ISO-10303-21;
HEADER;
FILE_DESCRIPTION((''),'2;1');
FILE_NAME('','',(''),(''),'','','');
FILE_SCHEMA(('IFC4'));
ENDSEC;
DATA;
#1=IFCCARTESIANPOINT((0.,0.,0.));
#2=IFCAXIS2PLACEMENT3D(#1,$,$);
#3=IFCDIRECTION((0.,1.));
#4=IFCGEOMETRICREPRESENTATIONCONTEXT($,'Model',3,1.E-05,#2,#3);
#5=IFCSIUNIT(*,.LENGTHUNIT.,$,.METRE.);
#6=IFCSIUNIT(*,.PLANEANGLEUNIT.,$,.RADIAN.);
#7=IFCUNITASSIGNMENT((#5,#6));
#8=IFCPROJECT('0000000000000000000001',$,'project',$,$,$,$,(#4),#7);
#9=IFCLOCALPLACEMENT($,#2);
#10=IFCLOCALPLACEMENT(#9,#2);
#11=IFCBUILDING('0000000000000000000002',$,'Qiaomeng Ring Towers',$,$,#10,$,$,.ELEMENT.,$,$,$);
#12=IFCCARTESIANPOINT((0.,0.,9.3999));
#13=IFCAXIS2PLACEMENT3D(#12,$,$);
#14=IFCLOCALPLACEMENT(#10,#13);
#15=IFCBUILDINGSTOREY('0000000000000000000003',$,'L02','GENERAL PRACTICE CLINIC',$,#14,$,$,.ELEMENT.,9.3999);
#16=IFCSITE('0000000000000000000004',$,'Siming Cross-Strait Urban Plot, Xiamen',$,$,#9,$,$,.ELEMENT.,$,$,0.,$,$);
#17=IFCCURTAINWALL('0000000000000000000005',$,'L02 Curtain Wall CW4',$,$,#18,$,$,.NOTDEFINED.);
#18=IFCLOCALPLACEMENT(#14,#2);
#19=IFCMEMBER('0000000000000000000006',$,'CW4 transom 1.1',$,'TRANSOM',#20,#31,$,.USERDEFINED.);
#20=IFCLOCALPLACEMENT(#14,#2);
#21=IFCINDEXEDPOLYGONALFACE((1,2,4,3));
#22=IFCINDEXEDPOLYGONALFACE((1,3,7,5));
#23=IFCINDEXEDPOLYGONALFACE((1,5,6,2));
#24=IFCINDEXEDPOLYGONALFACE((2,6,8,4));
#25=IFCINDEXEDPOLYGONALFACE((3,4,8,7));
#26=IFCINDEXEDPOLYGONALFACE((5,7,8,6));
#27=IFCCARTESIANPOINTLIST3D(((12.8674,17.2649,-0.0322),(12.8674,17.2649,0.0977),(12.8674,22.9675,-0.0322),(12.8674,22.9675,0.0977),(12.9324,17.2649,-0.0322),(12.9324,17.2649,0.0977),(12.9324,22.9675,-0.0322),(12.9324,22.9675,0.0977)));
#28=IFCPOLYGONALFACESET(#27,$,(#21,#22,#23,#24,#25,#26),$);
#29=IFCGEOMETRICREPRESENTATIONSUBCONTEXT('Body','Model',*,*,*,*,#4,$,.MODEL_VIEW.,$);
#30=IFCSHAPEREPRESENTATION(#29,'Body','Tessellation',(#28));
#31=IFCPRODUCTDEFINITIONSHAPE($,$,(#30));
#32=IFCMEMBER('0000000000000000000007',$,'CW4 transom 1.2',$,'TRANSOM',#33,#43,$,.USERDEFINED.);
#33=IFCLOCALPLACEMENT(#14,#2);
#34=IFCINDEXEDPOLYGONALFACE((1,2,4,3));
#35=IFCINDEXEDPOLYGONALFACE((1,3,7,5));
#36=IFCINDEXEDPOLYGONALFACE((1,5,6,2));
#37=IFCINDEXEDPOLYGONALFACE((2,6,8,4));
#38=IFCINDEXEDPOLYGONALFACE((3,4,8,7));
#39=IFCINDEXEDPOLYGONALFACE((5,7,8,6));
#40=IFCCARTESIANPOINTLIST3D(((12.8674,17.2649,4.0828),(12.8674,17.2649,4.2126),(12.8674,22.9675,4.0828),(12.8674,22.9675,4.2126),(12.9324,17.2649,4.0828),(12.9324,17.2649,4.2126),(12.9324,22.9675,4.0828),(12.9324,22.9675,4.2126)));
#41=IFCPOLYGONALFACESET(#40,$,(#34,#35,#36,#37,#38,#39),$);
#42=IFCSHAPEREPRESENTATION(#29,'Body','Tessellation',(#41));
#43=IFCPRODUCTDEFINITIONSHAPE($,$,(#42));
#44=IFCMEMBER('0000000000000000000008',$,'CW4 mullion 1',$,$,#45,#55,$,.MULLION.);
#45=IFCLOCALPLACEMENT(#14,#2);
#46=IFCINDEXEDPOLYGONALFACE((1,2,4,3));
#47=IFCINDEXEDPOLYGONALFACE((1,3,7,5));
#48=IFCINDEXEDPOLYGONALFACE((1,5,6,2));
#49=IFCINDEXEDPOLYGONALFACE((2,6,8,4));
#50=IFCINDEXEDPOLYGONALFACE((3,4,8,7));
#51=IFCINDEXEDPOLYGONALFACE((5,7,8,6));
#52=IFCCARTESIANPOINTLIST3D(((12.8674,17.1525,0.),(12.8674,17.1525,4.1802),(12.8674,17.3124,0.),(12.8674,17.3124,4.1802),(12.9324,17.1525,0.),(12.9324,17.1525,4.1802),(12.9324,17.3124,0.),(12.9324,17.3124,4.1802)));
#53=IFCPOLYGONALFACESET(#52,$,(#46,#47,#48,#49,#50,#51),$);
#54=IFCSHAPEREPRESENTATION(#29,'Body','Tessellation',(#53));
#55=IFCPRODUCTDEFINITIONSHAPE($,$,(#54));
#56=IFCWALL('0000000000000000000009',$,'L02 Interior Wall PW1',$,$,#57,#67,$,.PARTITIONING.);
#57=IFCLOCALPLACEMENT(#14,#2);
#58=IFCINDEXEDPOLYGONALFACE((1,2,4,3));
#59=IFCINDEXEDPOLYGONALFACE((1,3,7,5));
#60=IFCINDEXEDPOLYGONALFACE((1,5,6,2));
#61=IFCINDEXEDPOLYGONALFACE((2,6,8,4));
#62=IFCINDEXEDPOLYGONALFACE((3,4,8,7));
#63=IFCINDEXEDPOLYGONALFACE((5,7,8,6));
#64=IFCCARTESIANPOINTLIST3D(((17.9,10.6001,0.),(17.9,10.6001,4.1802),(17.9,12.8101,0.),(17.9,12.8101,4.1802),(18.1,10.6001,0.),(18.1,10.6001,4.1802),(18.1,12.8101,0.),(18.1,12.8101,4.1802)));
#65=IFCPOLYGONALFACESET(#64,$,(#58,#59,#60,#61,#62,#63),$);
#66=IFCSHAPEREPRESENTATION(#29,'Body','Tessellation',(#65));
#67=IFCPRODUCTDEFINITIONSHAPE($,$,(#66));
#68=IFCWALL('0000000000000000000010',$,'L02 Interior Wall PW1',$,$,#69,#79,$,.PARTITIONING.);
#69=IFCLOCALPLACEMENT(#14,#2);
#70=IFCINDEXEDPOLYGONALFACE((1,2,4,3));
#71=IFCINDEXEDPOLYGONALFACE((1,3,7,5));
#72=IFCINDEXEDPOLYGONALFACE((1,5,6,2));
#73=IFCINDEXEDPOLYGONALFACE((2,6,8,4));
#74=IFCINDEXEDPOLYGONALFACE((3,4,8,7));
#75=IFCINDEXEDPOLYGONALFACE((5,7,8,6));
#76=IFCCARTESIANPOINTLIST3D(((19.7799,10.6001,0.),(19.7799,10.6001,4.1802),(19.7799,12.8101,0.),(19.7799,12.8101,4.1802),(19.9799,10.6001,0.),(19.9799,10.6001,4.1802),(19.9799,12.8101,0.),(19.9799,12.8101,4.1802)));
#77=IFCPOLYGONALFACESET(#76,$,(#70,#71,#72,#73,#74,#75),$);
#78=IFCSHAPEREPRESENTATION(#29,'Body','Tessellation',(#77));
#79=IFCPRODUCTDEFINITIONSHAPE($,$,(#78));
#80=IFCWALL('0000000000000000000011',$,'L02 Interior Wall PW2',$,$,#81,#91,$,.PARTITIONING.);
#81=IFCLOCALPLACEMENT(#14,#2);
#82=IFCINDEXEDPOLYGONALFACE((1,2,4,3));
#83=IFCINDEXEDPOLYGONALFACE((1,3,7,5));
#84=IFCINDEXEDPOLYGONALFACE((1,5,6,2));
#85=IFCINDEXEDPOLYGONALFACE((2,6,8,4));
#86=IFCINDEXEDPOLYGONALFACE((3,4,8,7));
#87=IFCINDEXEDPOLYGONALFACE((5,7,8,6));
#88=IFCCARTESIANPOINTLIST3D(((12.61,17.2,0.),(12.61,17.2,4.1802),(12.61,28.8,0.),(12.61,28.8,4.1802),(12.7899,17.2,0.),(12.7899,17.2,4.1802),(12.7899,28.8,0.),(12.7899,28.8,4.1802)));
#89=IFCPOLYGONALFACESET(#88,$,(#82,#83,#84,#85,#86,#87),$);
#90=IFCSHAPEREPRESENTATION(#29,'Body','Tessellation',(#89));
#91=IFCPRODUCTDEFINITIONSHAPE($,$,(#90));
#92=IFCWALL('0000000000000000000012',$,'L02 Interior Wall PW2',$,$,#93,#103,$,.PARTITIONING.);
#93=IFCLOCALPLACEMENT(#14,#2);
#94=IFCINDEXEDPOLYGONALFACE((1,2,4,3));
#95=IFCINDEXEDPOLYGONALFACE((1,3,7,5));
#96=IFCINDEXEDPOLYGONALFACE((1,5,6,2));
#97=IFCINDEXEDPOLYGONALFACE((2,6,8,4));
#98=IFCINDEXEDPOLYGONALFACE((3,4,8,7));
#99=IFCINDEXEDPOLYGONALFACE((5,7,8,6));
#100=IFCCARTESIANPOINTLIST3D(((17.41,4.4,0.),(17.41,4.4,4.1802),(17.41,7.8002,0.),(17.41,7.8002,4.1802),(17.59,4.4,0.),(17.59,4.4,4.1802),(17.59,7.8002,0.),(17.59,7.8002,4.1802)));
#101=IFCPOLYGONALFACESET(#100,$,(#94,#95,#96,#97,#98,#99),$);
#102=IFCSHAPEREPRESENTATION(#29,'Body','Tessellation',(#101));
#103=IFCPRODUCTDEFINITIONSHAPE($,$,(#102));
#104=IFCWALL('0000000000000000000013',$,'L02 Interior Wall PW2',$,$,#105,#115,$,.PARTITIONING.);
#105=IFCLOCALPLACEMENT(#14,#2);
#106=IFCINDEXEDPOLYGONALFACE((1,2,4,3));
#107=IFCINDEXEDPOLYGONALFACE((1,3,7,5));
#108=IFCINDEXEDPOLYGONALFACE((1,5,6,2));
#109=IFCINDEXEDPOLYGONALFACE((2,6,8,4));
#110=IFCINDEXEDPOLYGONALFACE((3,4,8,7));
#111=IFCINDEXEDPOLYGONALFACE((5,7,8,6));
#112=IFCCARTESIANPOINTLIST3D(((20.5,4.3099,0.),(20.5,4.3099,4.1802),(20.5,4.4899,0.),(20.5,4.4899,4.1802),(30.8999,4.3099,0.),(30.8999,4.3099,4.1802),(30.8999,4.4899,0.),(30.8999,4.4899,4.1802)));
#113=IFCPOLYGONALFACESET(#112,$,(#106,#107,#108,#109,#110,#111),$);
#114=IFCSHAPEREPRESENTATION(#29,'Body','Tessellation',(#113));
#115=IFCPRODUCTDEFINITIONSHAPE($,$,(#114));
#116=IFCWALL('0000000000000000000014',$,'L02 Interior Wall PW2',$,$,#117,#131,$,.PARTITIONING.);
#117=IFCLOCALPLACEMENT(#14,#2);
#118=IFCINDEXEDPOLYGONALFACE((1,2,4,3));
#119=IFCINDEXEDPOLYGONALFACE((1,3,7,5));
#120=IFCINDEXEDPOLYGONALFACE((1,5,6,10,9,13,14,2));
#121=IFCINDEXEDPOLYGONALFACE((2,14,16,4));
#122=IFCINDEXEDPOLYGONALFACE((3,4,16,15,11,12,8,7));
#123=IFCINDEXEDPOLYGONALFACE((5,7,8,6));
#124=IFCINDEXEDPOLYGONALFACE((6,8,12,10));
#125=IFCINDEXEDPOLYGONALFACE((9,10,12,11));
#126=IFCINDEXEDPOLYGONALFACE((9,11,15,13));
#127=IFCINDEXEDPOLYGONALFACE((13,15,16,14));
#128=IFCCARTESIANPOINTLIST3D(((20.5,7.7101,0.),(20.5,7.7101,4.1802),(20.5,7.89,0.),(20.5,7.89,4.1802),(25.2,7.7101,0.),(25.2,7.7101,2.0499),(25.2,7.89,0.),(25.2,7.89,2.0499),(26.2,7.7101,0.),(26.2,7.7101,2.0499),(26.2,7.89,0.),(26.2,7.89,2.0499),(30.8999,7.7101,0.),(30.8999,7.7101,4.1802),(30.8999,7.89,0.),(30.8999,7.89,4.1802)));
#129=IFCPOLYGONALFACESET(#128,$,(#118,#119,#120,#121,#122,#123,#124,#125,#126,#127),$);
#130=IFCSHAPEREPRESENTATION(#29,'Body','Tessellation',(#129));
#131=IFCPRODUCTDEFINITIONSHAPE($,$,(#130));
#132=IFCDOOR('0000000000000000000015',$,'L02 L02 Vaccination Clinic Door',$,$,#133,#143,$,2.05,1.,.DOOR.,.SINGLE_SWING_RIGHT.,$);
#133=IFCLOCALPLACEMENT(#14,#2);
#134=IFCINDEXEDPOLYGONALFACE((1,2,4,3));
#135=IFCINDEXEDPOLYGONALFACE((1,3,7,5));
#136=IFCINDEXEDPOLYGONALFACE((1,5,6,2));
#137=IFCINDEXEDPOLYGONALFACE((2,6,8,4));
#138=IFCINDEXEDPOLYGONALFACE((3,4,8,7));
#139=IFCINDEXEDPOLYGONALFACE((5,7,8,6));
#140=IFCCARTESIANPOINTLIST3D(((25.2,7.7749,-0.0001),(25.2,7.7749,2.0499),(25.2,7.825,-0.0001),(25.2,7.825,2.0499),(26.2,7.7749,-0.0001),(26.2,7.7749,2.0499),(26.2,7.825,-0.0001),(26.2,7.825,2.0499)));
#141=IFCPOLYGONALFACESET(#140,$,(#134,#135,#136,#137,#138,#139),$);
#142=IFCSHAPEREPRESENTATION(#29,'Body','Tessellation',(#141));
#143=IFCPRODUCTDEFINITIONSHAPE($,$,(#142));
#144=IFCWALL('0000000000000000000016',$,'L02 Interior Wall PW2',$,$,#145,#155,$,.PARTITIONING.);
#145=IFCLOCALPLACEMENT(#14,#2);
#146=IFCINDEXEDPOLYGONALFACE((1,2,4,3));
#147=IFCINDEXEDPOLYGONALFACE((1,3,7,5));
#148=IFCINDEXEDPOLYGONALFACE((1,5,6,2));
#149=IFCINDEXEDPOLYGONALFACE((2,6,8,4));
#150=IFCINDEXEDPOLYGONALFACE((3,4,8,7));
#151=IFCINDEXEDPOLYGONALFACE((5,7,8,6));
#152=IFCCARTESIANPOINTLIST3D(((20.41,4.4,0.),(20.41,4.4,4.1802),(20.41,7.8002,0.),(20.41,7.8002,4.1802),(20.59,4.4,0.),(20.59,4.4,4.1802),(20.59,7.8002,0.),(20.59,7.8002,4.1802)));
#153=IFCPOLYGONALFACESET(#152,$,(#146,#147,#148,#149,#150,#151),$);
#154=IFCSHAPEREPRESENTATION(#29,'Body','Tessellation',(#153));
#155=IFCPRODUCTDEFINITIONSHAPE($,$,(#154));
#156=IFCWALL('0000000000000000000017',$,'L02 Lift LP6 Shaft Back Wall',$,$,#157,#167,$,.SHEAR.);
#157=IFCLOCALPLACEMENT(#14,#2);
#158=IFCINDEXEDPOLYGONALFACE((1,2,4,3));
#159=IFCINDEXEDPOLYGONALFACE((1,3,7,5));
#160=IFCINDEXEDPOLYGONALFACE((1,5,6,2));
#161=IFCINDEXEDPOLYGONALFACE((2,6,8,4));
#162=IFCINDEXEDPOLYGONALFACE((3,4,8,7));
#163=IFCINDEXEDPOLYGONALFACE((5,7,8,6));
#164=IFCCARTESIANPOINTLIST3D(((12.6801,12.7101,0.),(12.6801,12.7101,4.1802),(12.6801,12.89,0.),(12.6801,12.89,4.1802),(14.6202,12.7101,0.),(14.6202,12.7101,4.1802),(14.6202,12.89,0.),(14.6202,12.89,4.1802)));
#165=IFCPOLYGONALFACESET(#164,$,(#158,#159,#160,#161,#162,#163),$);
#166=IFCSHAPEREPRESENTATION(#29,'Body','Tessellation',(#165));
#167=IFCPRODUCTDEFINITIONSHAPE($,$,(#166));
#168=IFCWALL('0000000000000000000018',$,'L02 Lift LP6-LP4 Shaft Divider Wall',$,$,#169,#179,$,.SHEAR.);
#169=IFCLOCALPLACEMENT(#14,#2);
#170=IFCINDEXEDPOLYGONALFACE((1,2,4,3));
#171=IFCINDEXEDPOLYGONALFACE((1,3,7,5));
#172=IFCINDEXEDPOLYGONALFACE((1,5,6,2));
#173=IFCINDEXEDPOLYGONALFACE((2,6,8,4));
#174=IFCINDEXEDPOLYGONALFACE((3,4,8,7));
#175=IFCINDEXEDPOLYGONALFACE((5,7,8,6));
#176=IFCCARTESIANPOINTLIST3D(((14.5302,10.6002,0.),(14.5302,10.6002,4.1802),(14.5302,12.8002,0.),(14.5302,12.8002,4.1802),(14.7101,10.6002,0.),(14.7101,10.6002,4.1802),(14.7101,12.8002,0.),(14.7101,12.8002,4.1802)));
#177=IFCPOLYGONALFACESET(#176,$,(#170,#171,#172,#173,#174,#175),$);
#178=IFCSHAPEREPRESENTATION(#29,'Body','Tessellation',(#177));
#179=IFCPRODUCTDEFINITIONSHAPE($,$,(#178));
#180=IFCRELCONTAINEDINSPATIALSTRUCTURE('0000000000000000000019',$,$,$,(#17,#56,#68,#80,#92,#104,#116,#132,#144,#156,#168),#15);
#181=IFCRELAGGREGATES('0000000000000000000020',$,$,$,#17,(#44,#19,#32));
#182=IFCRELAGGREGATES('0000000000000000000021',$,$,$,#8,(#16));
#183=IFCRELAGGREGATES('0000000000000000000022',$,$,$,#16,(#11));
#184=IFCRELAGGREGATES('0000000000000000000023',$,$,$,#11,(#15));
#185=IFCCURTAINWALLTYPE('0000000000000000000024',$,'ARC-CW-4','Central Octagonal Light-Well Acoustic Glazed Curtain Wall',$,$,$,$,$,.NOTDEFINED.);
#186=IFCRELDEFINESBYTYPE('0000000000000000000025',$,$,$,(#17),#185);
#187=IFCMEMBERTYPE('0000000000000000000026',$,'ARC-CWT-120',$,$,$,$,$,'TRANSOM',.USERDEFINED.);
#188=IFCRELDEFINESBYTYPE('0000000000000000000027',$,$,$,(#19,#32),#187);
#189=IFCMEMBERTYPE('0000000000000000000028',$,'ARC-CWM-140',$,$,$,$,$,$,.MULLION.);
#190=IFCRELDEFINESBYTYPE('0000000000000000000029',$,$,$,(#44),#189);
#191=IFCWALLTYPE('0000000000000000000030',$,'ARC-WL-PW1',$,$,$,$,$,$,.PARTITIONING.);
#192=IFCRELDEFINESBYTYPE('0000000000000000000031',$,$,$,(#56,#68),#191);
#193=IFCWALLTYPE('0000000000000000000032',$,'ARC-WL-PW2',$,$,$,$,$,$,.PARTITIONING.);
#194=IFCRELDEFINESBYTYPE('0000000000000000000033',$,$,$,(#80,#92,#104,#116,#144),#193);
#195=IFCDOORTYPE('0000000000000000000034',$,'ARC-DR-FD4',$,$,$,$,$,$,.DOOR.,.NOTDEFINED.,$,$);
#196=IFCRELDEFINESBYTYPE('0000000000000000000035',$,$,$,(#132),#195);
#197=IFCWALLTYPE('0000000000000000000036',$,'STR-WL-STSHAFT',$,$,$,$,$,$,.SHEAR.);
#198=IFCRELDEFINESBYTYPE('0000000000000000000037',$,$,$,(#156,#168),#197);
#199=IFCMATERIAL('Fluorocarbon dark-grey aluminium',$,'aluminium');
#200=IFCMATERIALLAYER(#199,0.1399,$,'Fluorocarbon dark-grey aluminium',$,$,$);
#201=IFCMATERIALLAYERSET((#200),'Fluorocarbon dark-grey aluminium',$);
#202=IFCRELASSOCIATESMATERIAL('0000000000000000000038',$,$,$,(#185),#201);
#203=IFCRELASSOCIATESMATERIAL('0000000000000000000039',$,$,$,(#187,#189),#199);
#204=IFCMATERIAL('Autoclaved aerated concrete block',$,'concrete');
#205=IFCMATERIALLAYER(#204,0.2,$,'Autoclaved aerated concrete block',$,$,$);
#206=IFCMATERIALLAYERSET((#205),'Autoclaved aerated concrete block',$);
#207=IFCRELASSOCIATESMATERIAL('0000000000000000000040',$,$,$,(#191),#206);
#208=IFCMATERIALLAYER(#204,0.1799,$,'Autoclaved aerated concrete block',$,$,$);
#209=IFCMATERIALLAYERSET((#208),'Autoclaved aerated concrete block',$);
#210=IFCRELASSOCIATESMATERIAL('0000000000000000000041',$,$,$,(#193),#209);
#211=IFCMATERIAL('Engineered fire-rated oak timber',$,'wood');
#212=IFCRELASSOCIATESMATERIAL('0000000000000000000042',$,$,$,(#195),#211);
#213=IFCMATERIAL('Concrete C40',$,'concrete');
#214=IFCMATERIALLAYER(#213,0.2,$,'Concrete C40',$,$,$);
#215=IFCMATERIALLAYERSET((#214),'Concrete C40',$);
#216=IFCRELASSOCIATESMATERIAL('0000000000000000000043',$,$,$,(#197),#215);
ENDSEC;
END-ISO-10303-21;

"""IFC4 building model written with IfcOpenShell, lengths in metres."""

from ifc_helpers import new_model, si_unit, direction, frame, frame_2d, origin, origin_2d, place, context, subcontext, project, spatial, rectangle, extrude, source, transform, mapped, material, layer, layer_set, material_profile, profile_set, type_object, element, fill, aggregate, save


model = new_model("IFC4")

# Units and contexts
model_context = context("Model", 3, precision=1e-05, world=origin(), true_north=direction((0.0, 1.0)))
body_context = subcontext(model_context, "Body", "Model", "MODEL_VIEW")
ifc_project = project(units=[si_unit("LENGTHUNIT", "METRE"), si_unit("PLANEANGLEUNIT", "RADIAN")], contexts=[model_context])

# Site, building, storey
site_placement = place(None, origin())
site = spatial("IfcSite", under=ifc_project, at=site_placement, Name="Siming Cross-Strait Urban Plot, Xiamen", CompositionType="ELEMENT", RefElevation=0.0)
building_placement = place(site_placement, origin())
building = spatial("IfcBuilding", under=site, at=building_placement, Name="Qiaomeng Ring Towers", CompositionType="ELEMENT")
storey_placement = place(building_placement, frame((0.0, 0.0, 9.3999)))
storey = spatial("IfcBuildingStorey", under=building, at=storey_placement, Name="L02", Description="GENERAL PRACTICE CLINIC", CompositionType="ELEMENT", Elevation=9.3999)

# Curtain wall, members
ifc_material_1 = material(Name="Fluorocarbon dark-grey aluminium", Category="aluminium")
ifc_layer_1 = layer(ifc_material_1, 0.1399, Name="Fluorocarbon dark-grey aluminium")
ifc_layer_set_1 = layer_set([ifc_layer_1], Name="Fluorocarbon dark-grey aluminium")
curtain_wall_type = type_object("IfcCurtainWallType", Name="ARC-CW-4", Description="Central Octagonal Light-Well Acoustic Glazed Curtain Wall", PredefinedType="NOTDEFINED", material=ifc_layer_set_1)
curtain_wall_placement = place(storey_placement, origin())
curtain_wall = element("IfcCurtainWall", 1, at=curtain_wall_placement, inside=storey, type_object=curtain_wall_type, Name="L02 Curtain Wall CW4", PredefinedType="NOTDEFINED")
ifc_material_profile_1 = material_profile(ifc_material_1, rectangle(XDim=0.0649, YDim=0.1299, at=origin_2d()), Name="ALU TRAN 65x130")
ifc_profile_set_1 = profile_set([ifc_material_profile_1], Name="Fluorocarbon dark-grey aluminium")
member_type_1 = type_object("IfcMemberType", Name="ARC-CWT-120", ElementType="TRANSOM", PredefinedType="USERDEFINED", material=ifc_profile_set_1)
shared_shape_1 = source(origin(), body_context, "Body", "SweptSolid", [
    extrude(rectangle(XDim=0.0649, YDim=0.1299, at=origin_2d()), origin(), (0.0, 0.0, 1.0), 5.7026),
])
member_1_placement = place(storey_placement, frame((12.8999, 17.2649, 0.0327), z_axis=(0.0, 1.0, 0.0), x_axis=(-1.0, 0.0, 0.0)))
member_1 = element("IfcMember", 2, at=member_1_placement, type_object=member_type_1, Name="CW4 transom 1.1", ObjectType="TRANSOM", PredefinedType="USERDEFINED", context=body_context, shape_type="MappedRepresentation", body=[
    mapped(shared_shape_1, transform((0.0, 0.0, 0.0), x_axis=(1.0, 0.0, 0.0), y_axis=(0.0, 1.0, 0.0), z_axis=(0.0, 0.0, 1.0), scale=1.0)),
])
member_2_placement = place(storey_placement, frame((12.8999, 17.2649, 4.1477), z_axis=(0.0, 1.0, 0.0), x_axis=(-1.0, 0.0, 0.0)))
member_2 = element("IfcMember", 3, at=member_2_placement, type_object=member_type_1, Name="CW4 transom 1.2", ObjectType="TRANSOM", PredefinedType="USERDEFINED", context=body_context, shape_type="MappedRepresentation", body=[
    mapped(shared_shape_1, transform((0.0, 0.0, 0.0), x_axis=(1.0, 0.0, 0.0), y_axis=(0.0, 1.0, 0.0), z_axis=(0.0, 0.0, 1.0), scale=1.0)),
])
ifc_material_profile_2 = material_profile(ifc_material_1, rectangle(XDim=0.0649, YDim=0.1599, at=origin_2d()), Name="ALU MULL 65x160")
ifc_profile_set_2 = profile_set([ifc_material_profile_2], Name="Fluorocarbon dark-grey aluminium")
member_type_2 = type_object("IfcMemberType", Name="ARC-CWM-140", PredefinedType="MULLION", material=ifc_profile_set_2)
shared_shape_2 = source(origin(), body_context, "Body", "SweptSolid", [
    extrude(rectangle(XDim=0.0649, YDim=0.1599, at=origin_2d()), origin(), (0.0, 0.0, 1.0), 4.1802),
])
member_3_placement = place(storey_placement, frame((12.8999, 17.2324, 0.0), z_axis=(0.0, 0.0, 1.0), x_axis=(-1.0, 0.0, 0.0)))
member_3 = element("IfcMember", 4, at=member_3_placement, type_object=member_type_2, Name="CW4 mullion 1", PredefinedType="MULLION", context=body_context, shape_type="MappedRepresentation", body=[
    mapped(shared_shape_2, transform((0.0, 0.0, 0.0), x_axis=(1.0, 0.0, 0.0), y_axis=(0.0, 1.0, 0.0), z_axis=(0.0, 0.0, 1.0), scale=1.0)),
])
aggregate(curtain_wall, [member_3, member_1, member_2])

# Walls
ifc_material_2 = material(Name="Autoclaved aerated concrete block", Category="concrete")
ifc_layer_2 = layer(ifc_material_2, 0.2, Name="Autoclaved aerated concrete block")
ifc_layer_set_2 = layer_set([ifc_layer_2], Name="Autoclaved aerated concrete block")
wall_type_1 = type_object("IfcWallType", Name="ARC-WL-PW1", PredefinedType="PARTITIONING", material=ifc_layer_set_2)
for number, where, z_axis, x_axis, name in (
    (5, (18.0, 10.6001, 0.0), (0.0, 0.0, 1.0), (0.0, 1.0, 0.0), "L02 Interior Wall PW1"),
    (6, (19.8799, 10.6001, 0.0), (0.0, 0.0, 1.0), (0.0, 1.0, 0.0), "L02 Interior Wall PW1"),
):
    element("IfcWall", number, at=place(storey_placement, frame(where, z_axis=z_axis, x_axis=x_axis)), inside=storey, type_object=wall_type_1, Name=name, PredefinedType="PARTITIONING", context=body_context, shape_type="SweptSolid", body=[
        extrude(rectangle(XDim=2.21, YDim=0.2, at=frame_2d((1.105, 0.0))), origin(), (0.0, 0.0, 1.0), 4.1802),
    ])
ifc_layer_3 = layer(ifc_material_2, 0.1799, Name="Autoclaved aerated concrete block")
ifc_layer_set_3 = layer_set([ifc_layer_3], Name="Autoclaved aerated concrete block")
wall_type_2 = type_object("IfcWallType", Name="ARC-WL-PW2", PredefinedType="PARTITIONING", material=ifc_layer_set_3)
wall_1_placement = place(storey_placement, frame((12.7, 17.2, 0.0), z_axis=(0.0, 0.0, 1.0), x_axis=(0.0, 1.0, 0.0)))
element("IfcWall", 7, at=wall_1_placement, inside=storey, type_object=wall_type_2, Name="L02 Interior Wall PW2", PredefinedType="PARTITIONING", context=body_context, shape_type="SweptSolid", body=[
    extrude(rectangle(XDim=11.6001, YDim=0.1799, at=frame_2d((5.8, 0.0))), origin(), (0.0, 0.0, 1.0), 4.1802),
])
wall_2_placement = place(storey_placement, frame((17.5, 4.3999, 0.0), z_axis=(0.0, 0.0, 1.0), x_axis=(0.0, 1.0, 0.0)))
element("IfcWall", 8, at=wall_2_placement, inside=storey, type_object=wall_type_2, Name="L02 Interior Wall PW2", PredefinedType="PARTITIONING", context=body_context, shape_type="SweptSolid", body=[
    extrude(rectangle(XDim=3.4001, YDim=0.1799, at=frame_2d((1.7002, 0.0))), origin(), (0.0, 0.0, 1.0), 4.1802),
])
wall_3_placement = place(storey_placement, frame((20.5, 4.3999, 0.0), z_axis=(0.0, 0.0, 1.0), x_axis=(1.0, 0.0, 0.0)))
element("IfcWall", 9, at=wall_3_placement, inside=storey, type_object=wall_type_2, Name="L02 Interior Wall PW2", PredefinedType="PARTITIONING", context=body_context, shape_type="SweptSolid", body=[
    extrude(rectangle(XDim=10.3999, YDim=0.1799, at=frame_2d((5.2, 0.0))), origin(), (0.0, 0.0, 1.0), 4.1802),
])

# Wall, opening, door
wall_4_placement = place(storey_placement, frame((20.5, 7.8, 0.0), z_axis=(0.0, 0.0, 1.0), x_axis=(1.0, 0.0, 0.0)))
wall_4 = element("IfcWall", 10, at=wall_4_placement, inside=storey, type_object=wall_type_2, Name="L02 Interior Wall PW2", PredefinedType="PARTITIONING", context=body_context, shape_type="SweptSolid", body=[
    extrude(rectangle(XDim=10.3999, YDim=0.1799, at=frame_2d((5.2, 0.0))), origin(), (0.0, 0.0, 1.0), 4.1802),
])
opening_1_placement = place(wall_4_placement, frame((4.7, 0.0, 0.0)))
opening_1 = element("IfcOpeningElement", 11, at=opening_1_placement, cuts=wall_4, PredefinedType="OPENING", context=body_context, shape_type="SweptSolid", body=[
    extrude(rectangle(XDim=1.0, YDim=2.05, at=frame_2d((0.5, 1.0249))), frame((0.0, 0.0999, 0.0), z_axis=(0.0, -1.0, 0.0), x_axis=(1.0, 0.0, 0.0)), (0.0, 0.0, 1.0), 0.2),
])
ifc_material_3 = material(Name="Engineered fire-rated oak timber", Category="wood")
door_type_1 = type_object("IfcDoorType", Name="ARC-DR-FD4", OperationType="NOTDEFINED", PredefinedType="DOOR", material=ifc_material_3)
shared_shape_3 = source(origin(), body_context, "Body", "SweptSolid", [
    extrude(rectangle(XDim=1.0, YDim=2.05, at=frame_2d((0.5, 1.0249))), frame((0.0, 0.0249, 0.0), z_axis=(0.0, -1.0, 0.0), x_axis=(1.0, 0.0, 0.0)), (0.0, 0.0, 1.0), 0.05),
])
door_1_placement = place(opening_1_placement, origin())
door_1 = element("IfcDoor", 12, at=door_1_placement, inside=storey, type_object=door_type_1, Name="L02 L02 Vaccination Clinic Door", OperationType="SINGLE_SWING_RIGHT", OverallHeight=2.05, OverallWidth=1.0, PredefinedType="DOOR", context=body_context, shape_type="MappedRepresentation", body=[
    mapped(shared_shape_3, transform((0.0, 0.0, 0.0), x_axis=(1.0, 0.0, 0.0), y_axis=(0.0, 1.0, 0.0), z_axis=(0.0, 0.0, 1.0), scale=1.0)),
])
fill(opening_1, door_1)

# Walls
wall_5_placement = place(storey_placement, frame((20.5, 4.3999, 0.0), z_axis=(0.0, 0.0, 1.0), x_axis=(0.0, 1.0, 0.0)))
element("IfcWall", 13, at=wall_5_placement, inside=storey, type_object=wall_type_2, Name="L02 Interior Wall PW2", PredefinedType="PARTITIONING", context=body_context, shape_type="SweptSolid", body=[
    extrude(rectangle(XDim=3.4001, YDim=0.1799, at=frame_2d((1.7002, 0.0))), origin(), (0.0, 0.0, 1.0), 4.1802),
])
ifc_material_4 = material(Name="Concrete C40", Category="concrete")
ifc_layer_4 = layer(ifc_material_4, 0.2, Name="Concrete C40")
ifc_layer_set_4 = layer_set([ifc_layer_4], Name="Concrete C40")
wall_type_3 = type_object("IfcWallType", Name="STR-WL-STSHAFT", PredefinedType="SHEAR", material=ifc_layer_set_4)
wall_6_placement = place(storey_placement, frame((12.6799, 12.8, 0.0), z_axis=(0.0, 0.0, 1.0), x_axis=(1.0, 0.0, 0.0)))
element("IfcWall", 14, at=wall_6_placement, inside=storey, type_object=wall_type_3, Name="L02 Lift LP6 Shaft Back Wall", PredefinedType="SHEAR", context=body_context, shape_type="SweptSolid", body=[
    extrude(rectangle(XDim=1.9402, YDim=0.1799, at=frame_2d((0.9702, 0.0))), origin(), (0.0, 0.0, 1.0), 4.1802),
])
wall_7_placement = place(storey_placement, frame((14.6201, 10.6001, 0.0), z_axis=(0.0, 0.0, 1.0), x_axis=(0.0, 1.0, 0.0)))
element("IfcWall", 15, at=wall_7_placement, inside=storey, type_object=wall_type_3, Name="L02 Lift LP6-LP4 Shaft Divider Wall", PredefinedType="SHEAR", context=body_context, shape_type="SweptSolid", body=[
    extrude(rectangle(XDim=2.2, YDim=0.1799, at=frame_2d((1.1001, 0.0))), origin(), (0.0, 0.0, 1.0), 4.1802),
])

save(model, "model.ifc")
